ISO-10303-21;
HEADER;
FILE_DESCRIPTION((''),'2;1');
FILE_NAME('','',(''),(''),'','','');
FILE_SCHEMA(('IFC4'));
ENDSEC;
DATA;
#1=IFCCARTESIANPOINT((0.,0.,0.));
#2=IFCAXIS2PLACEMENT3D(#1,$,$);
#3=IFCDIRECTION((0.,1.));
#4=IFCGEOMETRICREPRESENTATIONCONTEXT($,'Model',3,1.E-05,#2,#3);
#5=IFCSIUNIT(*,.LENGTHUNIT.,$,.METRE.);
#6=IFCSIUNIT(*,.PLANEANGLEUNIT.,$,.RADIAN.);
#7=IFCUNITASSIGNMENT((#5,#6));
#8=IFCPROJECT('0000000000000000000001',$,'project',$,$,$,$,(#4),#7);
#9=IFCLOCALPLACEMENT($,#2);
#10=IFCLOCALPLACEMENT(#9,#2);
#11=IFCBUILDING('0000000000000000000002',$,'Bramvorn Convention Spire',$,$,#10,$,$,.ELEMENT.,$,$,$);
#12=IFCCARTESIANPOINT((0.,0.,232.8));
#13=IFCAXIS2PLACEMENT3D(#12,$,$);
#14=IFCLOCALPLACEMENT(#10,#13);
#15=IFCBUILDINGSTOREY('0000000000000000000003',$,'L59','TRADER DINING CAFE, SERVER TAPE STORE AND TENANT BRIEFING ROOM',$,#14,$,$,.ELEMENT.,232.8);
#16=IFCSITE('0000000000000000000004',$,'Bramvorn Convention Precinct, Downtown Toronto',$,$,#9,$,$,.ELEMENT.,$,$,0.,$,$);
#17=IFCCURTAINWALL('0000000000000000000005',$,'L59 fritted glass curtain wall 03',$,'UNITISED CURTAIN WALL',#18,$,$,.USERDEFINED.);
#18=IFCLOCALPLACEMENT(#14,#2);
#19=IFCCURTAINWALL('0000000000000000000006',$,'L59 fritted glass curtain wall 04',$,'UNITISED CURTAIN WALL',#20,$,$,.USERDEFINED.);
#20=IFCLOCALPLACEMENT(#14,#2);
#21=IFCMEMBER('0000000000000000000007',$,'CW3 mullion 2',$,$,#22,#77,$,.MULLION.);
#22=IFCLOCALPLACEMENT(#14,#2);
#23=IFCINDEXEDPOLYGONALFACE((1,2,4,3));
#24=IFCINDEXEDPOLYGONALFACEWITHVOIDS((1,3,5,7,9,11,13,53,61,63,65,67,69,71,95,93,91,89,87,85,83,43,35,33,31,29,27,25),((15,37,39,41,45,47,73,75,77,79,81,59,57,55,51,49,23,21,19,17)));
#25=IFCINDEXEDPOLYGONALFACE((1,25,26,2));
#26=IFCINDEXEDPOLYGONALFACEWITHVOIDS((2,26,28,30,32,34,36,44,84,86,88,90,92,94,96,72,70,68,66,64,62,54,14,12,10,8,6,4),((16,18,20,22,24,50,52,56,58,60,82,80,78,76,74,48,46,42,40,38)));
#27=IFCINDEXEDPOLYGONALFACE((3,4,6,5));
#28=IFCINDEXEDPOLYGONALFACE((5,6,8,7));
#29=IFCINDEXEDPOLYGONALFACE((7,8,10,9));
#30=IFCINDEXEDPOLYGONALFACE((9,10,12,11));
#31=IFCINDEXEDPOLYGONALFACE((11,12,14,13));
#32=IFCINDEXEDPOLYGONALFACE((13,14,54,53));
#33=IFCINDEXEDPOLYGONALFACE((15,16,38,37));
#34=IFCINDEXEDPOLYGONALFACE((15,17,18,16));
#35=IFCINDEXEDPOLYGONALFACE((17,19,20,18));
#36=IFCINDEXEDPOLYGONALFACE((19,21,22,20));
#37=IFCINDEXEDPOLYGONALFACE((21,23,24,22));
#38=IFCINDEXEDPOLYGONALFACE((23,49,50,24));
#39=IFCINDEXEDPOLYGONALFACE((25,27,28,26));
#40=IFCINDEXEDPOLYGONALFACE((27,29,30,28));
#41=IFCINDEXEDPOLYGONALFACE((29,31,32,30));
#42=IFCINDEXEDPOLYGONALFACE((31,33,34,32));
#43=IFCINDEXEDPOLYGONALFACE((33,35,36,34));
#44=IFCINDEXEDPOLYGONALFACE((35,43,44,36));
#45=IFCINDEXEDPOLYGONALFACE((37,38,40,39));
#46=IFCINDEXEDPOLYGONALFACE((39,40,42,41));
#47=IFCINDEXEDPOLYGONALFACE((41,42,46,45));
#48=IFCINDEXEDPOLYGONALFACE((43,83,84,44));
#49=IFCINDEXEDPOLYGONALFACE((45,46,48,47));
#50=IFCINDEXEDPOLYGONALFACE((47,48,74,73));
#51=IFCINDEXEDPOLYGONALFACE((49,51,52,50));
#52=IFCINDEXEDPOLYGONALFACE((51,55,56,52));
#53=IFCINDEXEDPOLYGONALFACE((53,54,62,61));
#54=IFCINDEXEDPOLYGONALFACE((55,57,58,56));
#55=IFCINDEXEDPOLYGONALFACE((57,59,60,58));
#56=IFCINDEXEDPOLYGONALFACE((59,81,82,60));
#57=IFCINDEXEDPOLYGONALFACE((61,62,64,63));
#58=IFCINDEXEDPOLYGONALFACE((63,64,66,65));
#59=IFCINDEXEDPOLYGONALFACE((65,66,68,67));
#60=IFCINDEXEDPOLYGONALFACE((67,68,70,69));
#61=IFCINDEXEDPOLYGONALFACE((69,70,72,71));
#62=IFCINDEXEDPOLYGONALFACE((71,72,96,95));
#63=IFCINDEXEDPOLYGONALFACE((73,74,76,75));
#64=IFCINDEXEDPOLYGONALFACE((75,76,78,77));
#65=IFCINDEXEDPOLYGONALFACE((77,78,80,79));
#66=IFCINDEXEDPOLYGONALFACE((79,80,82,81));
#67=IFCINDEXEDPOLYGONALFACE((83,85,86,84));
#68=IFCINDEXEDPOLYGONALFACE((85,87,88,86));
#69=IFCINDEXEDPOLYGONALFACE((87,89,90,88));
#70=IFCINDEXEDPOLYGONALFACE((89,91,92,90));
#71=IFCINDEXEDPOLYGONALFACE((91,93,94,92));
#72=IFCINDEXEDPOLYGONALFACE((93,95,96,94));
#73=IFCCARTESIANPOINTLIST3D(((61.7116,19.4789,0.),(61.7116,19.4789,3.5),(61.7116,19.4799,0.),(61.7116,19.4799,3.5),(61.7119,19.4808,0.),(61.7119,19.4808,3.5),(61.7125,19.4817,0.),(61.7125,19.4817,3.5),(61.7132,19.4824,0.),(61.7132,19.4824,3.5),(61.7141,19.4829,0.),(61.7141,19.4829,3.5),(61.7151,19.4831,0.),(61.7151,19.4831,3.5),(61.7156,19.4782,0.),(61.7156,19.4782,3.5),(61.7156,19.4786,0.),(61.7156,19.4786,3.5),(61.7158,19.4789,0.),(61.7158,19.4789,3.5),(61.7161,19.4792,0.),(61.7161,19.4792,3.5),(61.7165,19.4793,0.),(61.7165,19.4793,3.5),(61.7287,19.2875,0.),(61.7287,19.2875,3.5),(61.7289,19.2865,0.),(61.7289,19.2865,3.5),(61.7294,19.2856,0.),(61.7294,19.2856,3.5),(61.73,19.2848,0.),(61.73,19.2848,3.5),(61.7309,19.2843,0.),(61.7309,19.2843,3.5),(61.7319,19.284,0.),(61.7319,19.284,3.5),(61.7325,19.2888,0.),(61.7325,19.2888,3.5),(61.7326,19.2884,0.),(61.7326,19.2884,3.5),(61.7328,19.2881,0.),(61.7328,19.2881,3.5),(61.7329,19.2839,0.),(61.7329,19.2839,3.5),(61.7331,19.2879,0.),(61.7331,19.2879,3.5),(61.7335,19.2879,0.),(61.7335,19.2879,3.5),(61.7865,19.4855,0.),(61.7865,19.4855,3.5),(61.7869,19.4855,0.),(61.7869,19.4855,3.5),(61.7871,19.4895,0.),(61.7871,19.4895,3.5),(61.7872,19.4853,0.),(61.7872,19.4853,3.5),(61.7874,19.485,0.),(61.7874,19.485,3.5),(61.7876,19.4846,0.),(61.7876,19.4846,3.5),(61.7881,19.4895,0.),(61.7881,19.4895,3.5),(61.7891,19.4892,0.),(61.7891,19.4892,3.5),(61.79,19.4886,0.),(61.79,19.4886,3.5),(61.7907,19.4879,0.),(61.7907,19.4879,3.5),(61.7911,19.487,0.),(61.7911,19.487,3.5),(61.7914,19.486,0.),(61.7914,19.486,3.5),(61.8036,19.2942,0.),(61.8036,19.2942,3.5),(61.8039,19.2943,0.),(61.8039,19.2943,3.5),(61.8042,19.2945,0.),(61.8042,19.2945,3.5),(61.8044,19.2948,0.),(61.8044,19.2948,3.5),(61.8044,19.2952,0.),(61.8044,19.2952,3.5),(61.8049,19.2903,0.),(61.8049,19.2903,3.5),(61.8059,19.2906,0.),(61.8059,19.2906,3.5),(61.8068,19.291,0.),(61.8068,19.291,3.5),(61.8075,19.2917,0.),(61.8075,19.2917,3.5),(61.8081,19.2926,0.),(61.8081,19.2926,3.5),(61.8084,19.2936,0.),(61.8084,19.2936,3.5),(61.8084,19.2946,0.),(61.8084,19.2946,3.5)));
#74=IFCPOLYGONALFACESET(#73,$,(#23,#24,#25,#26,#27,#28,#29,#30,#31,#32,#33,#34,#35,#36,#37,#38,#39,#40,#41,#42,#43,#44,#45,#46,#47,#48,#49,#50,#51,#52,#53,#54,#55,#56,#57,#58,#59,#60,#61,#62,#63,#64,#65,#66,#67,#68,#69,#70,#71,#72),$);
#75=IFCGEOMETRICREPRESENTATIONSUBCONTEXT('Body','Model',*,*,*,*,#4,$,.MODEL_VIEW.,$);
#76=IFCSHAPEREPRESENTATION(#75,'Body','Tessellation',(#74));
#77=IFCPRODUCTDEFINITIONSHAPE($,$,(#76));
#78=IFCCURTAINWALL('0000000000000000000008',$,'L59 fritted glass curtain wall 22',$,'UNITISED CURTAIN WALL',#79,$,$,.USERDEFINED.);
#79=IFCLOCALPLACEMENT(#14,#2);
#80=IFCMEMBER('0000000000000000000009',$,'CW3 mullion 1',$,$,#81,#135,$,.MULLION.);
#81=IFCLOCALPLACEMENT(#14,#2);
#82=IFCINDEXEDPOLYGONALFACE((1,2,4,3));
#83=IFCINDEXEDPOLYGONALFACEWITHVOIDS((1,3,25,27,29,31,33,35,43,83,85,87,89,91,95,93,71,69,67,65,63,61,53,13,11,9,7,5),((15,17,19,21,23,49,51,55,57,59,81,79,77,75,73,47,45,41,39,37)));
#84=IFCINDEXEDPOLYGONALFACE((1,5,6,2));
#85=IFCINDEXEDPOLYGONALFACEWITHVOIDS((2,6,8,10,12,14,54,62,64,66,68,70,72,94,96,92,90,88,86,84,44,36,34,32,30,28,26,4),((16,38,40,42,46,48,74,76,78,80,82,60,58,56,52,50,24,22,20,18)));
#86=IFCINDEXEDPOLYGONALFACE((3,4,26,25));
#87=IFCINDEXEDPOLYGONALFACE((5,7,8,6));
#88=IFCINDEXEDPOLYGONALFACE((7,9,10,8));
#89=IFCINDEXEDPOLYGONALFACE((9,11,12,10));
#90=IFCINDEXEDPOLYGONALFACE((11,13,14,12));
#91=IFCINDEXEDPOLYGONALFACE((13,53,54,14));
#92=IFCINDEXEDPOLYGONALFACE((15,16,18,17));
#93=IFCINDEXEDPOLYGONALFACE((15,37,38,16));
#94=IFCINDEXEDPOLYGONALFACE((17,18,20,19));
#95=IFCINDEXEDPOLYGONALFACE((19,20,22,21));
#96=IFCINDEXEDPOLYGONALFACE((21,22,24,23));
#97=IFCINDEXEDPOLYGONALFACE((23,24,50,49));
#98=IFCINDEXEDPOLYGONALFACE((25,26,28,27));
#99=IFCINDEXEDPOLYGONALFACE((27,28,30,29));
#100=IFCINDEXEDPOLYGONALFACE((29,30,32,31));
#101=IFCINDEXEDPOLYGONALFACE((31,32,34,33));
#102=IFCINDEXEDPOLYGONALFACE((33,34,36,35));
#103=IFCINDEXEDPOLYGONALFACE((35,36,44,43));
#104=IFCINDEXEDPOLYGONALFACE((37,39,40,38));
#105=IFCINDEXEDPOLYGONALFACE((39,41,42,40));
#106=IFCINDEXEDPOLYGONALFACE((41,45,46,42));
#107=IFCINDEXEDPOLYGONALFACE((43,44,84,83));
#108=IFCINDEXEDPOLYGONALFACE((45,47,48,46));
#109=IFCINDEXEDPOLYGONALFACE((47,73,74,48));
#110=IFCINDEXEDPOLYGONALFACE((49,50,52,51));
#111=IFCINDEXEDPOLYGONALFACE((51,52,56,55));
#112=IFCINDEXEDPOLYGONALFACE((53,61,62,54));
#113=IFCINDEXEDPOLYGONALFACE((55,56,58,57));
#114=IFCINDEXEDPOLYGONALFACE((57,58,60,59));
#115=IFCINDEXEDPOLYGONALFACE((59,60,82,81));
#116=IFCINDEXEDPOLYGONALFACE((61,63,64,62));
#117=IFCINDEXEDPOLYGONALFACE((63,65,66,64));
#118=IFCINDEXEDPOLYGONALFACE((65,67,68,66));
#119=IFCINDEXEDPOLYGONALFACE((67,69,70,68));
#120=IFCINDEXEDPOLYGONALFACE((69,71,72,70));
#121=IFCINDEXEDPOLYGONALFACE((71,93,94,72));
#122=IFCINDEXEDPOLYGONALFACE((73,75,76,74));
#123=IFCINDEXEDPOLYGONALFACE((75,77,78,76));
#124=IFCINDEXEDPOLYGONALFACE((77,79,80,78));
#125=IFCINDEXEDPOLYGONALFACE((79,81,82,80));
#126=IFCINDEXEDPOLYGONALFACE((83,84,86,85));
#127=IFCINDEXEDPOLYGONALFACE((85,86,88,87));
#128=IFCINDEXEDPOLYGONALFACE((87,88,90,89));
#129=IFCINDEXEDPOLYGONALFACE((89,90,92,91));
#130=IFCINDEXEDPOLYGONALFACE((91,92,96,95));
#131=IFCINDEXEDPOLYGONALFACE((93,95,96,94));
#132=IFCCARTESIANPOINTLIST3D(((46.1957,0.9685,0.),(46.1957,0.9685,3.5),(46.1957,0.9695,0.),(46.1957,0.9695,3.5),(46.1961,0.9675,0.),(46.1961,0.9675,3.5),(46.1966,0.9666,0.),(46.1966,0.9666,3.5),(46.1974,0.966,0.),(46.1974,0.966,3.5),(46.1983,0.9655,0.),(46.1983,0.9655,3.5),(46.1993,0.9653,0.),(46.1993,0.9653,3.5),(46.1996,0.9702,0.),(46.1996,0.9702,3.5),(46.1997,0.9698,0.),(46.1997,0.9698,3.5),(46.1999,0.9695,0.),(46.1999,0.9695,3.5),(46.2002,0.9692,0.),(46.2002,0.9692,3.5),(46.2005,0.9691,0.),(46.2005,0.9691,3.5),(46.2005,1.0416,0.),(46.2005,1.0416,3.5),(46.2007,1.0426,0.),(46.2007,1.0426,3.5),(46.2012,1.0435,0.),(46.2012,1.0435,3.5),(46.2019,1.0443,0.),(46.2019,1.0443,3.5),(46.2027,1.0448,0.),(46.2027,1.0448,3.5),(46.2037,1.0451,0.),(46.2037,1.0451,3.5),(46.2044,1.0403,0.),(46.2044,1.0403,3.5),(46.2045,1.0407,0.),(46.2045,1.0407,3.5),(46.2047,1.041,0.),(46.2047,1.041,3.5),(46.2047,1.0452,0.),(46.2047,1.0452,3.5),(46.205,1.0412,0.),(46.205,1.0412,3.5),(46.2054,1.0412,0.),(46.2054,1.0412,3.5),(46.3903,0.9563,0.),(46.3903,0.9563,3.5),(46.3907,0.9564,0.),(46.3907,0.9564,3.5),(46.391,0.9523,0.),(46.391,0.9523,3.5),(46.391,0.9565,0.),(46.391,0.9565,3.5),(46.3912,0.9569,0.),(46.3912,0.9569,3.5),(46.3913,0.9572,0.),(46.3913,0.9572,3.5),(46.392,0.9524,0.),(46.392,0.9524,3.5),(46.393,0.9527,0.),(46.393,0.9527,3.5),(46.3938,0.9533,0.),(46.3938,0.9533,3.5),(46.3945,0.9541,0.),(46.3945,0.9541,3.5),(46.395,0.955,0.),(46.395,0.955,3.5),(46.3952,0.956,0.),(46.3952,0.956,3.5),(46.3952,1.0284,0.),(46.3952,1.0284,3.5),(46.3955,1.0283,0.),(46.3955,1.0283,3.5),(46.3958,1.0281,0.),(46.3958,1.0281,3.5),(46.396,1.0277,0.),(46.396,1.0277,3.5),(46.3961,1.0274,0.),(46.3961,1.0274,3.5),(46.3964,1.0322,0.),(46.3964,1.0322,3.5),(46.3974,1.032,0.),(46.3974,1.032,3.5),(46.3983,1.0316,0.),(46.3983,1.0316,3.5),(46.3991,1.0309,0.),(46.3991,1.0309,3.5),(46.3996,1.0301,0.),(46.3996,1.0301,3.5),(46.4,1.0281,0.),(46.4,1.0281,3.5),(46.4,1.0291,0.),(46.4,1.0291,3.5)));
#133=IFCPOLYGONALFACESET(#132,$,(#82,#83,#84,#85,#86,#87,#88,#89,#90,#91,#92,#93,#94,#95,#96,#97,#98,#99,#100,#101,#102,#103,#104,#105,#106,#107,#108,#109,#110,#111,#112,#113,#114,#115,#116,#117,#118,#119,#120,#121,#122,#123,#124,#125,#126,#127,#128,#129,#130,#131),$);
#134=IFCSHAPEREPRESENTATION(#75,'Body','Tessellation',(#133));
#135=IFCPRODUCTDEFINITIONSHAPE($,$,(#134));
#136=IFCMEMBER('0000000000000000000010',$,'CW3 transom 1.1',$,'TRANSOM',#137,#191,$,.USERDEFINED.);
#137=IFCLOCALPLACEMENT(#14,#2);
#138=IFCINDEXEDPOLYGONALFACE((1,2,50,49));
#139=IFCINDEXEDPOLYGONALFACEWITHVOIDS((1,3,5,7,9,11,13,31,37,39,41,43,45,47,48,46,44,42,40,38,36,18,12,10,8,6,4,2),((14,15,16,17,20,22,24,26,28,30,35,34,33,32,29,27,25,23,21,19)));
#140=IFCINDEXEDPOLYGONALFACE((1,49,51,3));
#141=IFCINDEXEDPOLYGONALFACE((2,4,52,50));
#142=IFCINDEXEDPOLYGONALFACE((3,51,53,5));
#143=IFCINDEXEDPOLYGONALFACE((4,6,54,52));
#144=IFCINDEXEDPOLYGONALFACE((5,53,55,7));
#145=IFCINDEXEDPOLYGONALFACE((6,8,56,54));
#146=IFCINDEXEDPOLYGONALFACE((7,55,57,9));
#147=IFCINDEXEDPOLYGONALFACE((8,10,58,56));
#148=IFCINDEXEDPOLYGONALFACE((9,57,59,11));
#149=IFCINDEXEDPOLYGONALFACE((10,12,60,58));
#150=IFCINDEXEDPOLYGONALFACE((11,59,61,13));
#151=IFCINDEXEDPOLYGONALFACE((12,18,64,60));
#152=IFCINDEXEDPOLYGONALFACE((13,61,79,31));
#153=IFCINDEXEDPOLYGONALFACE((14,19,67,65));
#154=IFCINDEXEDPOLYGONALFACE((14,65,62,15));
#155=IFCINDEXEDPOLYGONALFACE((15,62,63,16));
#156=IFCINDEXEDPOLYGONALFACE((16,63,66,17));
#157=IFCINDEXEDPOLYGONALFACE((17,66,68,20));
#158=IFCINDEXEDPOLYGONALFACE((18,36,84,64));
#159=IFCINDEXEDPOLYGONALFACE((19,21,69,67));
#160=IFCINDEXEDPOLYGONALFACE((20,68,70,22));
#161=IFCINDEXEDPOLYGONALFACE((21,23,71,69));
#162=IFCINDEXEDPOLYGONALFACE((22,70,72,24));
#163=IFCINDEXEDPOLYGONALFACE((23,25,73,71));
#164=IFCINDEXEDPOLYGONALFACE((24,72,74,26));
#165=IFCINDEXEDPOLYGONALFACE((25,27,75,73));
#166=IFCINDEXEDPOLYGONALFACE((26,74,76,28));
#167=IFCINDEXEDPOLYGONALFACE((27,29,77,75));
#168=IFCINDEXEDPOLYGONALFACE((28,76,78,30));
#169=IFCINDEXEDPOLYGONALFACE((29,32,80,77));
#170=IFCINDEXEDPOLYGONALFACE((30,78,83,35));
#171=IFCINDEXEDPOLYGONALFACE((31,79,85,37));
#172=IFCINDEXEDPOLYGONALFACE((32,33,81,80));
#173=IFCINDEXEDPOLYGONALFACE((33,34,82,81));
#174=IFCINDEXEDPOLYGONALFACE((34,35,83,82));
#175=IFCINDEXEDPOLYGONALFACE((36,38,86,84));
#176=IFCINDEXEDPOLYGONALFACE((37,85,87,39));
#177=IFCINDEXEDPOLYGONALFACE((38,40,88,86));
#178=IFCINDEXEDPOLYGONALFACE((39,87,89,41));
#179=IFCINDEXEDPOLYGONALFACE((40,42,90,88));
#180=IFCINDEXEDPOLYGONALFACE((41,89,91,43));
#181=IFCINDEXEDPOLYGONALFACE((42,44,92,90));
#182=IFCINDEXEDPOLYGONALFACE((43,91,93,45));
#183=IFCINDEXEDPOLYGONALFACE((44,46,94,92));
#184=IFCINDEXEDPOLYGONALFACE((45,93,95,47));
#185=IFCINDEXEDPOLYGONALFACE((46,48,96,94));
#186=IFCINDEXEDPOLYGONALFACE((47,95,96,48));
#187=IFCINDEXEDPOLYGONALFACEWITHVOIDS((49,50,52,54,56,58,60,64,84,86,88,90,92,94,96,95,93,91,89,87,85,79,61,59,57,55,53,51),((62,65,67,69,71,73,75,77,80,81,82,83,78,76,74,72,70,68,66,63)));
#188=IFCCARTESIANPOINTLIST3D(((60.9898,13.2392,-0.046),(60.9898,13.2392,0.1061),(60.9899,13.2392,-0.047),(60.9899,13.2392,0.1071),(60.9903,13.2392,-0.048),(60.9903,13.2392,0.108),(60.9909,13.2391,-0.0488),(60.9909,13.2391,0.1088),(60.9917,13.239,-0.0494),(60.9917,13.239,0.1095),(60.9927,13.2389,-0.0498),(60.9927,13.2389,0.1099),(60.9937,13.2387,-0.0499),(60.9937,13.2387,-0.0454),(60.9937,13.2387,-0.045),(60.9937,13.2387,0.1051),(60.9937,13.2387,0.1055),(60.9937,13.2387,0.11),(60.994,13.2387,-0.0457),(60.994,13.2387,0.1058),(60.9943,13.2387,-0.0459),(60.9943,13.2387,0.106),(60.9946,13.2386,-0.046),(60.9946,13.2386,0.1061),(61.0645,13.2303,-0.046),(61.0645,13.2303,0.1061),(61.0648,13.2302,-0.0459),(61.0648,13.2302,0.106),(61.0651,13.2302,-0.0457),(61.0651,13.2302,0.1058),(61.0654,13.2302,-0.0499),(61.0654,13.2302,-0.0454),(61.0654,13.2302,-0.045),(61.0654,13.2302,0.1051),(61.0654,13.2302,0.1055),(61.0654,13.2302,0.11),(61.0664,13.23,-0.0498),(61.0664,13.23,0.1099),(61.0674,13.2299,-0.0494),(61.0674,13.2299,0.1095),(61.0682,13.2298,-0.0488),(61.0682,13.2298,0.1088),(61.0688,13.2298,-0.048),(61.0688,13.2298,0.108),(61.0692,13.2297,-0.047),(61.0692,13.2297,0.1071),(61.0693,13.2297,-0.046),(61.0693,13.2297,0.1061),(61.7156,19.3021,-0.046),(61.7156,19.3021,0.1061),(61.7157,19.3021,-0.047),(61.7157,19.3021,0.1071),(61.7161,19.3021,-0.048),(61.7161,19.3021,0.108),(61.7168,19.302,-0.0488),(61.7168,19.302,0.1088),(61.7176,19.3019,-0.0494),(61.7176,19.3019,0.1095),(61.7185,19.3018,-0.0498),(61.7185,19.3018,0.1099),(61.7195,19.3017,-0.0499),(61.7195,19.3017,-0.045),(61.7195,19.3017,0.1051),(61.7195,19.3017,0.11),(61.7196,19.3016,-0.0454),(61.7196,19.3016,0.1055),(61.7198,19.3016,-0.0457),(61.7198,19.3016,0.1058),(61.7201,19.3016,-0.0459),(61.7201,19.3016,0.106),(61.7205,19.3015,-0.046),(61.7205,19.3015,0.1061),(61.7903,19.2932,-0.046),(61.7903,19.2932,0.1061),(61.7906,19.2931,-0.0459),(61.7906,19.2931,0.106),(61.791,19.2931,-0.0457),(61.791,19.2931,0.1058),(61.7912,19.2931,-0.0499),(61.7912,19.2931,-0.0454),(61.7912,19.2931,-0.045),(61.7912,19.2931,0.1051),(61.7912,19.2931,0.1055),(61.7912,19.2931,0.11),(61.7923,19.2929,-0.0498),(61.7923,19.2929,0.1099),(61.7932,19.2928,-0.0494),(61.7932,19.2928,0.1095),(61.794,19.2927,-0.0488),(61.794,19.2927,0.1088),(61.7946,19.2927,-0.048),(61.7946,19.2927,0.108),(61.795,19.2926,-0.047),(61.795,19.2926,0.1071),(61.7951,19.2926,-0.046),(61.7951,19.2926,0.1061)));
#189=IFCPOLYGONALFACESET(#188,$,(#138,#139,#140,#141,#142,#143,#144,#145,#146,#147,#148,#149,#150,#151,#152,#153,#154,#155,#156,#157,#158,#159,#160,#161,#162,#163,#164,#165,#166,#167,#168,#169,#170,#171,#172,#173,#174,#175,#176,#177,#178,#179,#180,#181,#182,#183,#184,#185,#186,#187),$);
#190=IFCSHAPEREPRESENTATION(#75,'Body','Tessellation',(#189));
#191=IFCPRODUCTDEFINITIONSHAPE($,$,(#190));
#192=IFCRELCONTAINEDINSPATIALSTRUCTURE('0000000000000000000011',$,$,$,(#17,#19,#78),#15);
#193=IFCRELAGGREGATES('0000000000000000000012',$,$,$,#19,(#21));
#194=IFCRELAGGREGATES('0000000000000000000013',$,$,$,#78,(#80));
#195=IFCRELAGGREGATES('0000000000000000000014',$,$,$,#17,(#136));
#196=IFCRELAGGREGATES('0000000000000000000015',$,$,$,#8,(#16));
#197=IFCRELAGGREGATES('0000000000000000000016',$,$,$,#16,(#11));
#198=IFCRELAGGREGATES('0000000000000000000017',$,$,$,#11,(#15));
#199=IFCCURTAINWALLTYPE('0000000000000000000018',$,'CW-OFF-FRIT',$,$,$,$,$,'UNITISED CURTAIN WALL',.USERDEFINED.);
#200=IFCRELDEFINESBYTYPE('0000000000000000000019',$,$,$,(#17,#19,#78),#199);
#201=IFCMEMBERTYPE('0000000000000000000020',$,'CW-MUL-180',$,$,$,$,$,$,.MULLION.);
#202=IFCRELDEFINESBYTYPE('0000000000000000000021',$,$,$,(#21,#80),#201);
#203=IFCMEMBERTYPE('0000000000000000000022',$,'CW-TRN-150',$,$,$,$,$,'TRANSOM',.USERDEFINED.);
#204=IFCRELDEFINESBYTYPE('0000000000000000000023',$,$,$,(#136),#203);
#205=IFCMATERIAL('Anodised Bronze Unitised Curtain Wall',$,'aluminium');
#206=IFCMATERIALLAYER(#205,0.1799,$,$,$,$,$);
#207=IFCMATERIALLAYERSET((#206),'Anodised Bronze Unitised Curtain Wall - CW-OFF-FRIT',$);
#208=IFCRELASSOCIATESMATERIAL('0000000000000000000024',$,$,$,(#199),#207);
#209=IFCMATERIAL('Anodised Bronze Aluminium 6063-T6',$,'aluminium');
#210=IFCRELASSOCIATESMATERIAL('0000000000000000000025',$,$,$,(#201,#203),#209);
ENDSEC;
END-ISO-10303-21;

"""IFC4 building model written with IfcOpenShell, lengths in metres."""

from ifc_helpers import new_model, si_unit, direction, frame, origin, origin_2d, place, context, subcontext, project, spatial, hollow_rectangle, extrude, material, layer, layer_set, material_profile, profile_set, type_object, element, aggregate, save


model = new_model("IFC4")

# Units and contexts
model_context = context("Model", 3, precision=1e-05, world=origin(), true_north=direction((0.0, 1.0)))
body_context = subcontext(model_context, "Body", "Model", "MODEL_VIEW")
ifc_project = project(units=[si_unit("LENGTHUNIT", "METRE"), si_unit("PLANEANGLEUNIT", "RADIAN")], contexts=[model_context])

# Site, building, storey
site_placement = place(None, origin())
site = spatial("IfcSite", under=ifc_project, at=site_placement, Name="Bramvorn Convention Precinct, Downtown Toronto", CompositionType="ELEMENT", RefElevation=0.0)
building_placement = place(site_placement, origin())
building = spatial("IfcBuilding", under=site, at=building_placement, Name="Bramvorn Convention Spire", CompositionType="ELEMENT")
storey_placement = place(building_placement, frame((0.0, 0.0, 232.8)))
storey = spatial("IfcBuildingStorey", under=building, at=storey_placement, Name="L59", Description="TRADER DINING CAFE, SERVER TAPE STORE AND TENANT BRIEFING ROOM", CompositionType="ELEMENT", Elevation=232.8)

# Curtain wall
ifc_material_1 = material(Name="Anodised Bronze Unitised Curtain Wall", Category="aluminium")
ifc_layer_1 = layer(ifc_material_1, 0.1799)
ifc_layer_set_1 = layer_set([ifc_layer_1], Name="Anodised Bronze Unitised Curtain Wall - CW-OFF-FRIT")
curtain_wall_type = type_object("IfcCurtainWallType", Name="CW-OFF-FRIT", ElementType="UNITISED CURTAIN WALL", PredefinedType="USERDEFINED", material=ifc_layer_set_1)
curtain_wall_1_placement = place(storey_placement, origin())
curtain_wall_1 = element("IfcCurtainWall", 1, at=curtain_wall_1_placement, inside=storey, type_object=curtain_wall_type, Name="L59 fritted glass curtain wall 03", ObjectType="UNITISED CURTAIN WALL", PredefinedType="USERDEFINED")
ifc_material_2 = material(Name="Anodised Bronze Aluminium 6063-T6", Category="aluminium")
ifc_material_profile_1 = material_profile(ifc_material_2, hollow_rectangle(XDim=0.0801, YDim=0.2, WallThickness=0.0039, InnerFilletRadius=0.001, OuterFilletRadius=0.0039, at=origin_2d()))
ifc_profile_set_1 = profile_set([ifc_material_profile_1], Name="Anodised Bronze Aluminium 6063-T6 - CWM80X200")
member_type_1 = type_object("IfcMemberType", Name="CW-MUL-180", PredefinedType="MULLION", material=ifc_profile_set_1)

# Curtain walls, members
curtain_wall_2_placement = place(storey_placement, origin())
curtain_wall_2 = element("IfcCurtainWall", 2, at=curtain_wall_2_placement, inside=storey, type_object=curtain_wall_type, Name="L59 fritted glass curtain wall 04", ObjectType="UNITISED CURTAIN WALL", PredefinedType="USERDEFINED")
member_1_placement = place(storey_placement, frame((61.76, 19.3867, 0.0), z_axis=(0.0, 0.0, 1.0), x_axis=(0.996046, 0.088835, 0.0)))
member_1 = element("IfcMember", 3, at=member_1_placement, type_object=member_type_1, Name="CW3 mullion 2", PredefinedType="MULLION", context=body_context, shape_type="SweptSolid", body=[
    extrude(hollow_rectangle(XDim=0.0801, YDim=0.2, WallThickness=0.0039, InnerFilletRadius=0.001, OuterFilletRadius=0.0039, at=origin_2d()), origin(), (0.0, 0.0, 1.0), 3.5),
])
aggregate(curtain_wall_2, [member_1])
curtain_wall_3_placement = place(storey_placement, origin())
curtain_wall_3 = element("IfcCurtainWall", 4, at=curtain_wall_3_placement, inside=storey, type_object=curtain_wall_type, Name="L59 fritted glass curtain wall 22", ObjectType="UNITISED CURTAIN WALL", PredefinedType="USERDEFINED")
member_2_placement = place(storey_placement, frame((46.2979, 0.9988, 0.0), z_axis=(0.0, 0.0, 1.0), x_axis=(-0.067503, -0.997719, 0.0)))
member_2 = element("IfcMember", 5, at=member_2_placement, type_object=member_type_1, Name="CW3 mullion 1", PredefinedType="MULLION", context=body_context, shape_type="SweptSolid", body=[
    extrude(hollow_rectangle(XDim=0.0801, YDim=0.2, WallThickness=0.0039, InnerFilletRadius=0.001, OuterFilletRadius=0.0039, at=origin_2d()), origin(), (0.0, 0.0, 1.0), 3.5),
])

# Member
ifc_material_profile_2 = material_profile(ifc_material_2, hollow_rectangle(XDim=0.0801, YDim=0.1599, WallThickness=0.0039, InnerFilletRadius=0.001, OuterFilletRadius=0.0039, at=origin_2d()))
ifc_profile_set_2 = profile_set([ifc_material_profile_2], Name="Anodised Bronze Aluminium 6063-T6 - CWT80X160")
member_type_2 = type_object("IfcMemberType", Name="CW-TRN-150", ElementType="TRANSOM", PredefinedType="USERDEFINED", material=ifc_profile_set_2)
member_3_placement = place(storey_placement, frame((61.7554, 19.2974, 0.03), z_axis=(-0.118866, -0.99291, 0.0), x_axis=(0.99291, -0.118866, 0.0)))
member_3 = element("IfcMember", 6, at=member_3_placement, type_object=member_type_2, Name="CW3 transom 1.1", ObjectType="TRANSOM", PredefinedType="USERDEFINED", context=body_context, shape_type="SweptSolid", body=[
    extrude(hollow_rectangle(XDim=0.0801, YDim=0.1599, WallThickness=0.0039, InnerFilletRadius=0.001, OuterFilletRadius=0.0039, at=origin_2d()), origin(), (0.0, 0.0, 1.0), 6.1062),
])
aggregate(curtain_wall_3, [member_2])

aggregate(curtain_wall_1, [member_3])

save(model, "model.ifc")
